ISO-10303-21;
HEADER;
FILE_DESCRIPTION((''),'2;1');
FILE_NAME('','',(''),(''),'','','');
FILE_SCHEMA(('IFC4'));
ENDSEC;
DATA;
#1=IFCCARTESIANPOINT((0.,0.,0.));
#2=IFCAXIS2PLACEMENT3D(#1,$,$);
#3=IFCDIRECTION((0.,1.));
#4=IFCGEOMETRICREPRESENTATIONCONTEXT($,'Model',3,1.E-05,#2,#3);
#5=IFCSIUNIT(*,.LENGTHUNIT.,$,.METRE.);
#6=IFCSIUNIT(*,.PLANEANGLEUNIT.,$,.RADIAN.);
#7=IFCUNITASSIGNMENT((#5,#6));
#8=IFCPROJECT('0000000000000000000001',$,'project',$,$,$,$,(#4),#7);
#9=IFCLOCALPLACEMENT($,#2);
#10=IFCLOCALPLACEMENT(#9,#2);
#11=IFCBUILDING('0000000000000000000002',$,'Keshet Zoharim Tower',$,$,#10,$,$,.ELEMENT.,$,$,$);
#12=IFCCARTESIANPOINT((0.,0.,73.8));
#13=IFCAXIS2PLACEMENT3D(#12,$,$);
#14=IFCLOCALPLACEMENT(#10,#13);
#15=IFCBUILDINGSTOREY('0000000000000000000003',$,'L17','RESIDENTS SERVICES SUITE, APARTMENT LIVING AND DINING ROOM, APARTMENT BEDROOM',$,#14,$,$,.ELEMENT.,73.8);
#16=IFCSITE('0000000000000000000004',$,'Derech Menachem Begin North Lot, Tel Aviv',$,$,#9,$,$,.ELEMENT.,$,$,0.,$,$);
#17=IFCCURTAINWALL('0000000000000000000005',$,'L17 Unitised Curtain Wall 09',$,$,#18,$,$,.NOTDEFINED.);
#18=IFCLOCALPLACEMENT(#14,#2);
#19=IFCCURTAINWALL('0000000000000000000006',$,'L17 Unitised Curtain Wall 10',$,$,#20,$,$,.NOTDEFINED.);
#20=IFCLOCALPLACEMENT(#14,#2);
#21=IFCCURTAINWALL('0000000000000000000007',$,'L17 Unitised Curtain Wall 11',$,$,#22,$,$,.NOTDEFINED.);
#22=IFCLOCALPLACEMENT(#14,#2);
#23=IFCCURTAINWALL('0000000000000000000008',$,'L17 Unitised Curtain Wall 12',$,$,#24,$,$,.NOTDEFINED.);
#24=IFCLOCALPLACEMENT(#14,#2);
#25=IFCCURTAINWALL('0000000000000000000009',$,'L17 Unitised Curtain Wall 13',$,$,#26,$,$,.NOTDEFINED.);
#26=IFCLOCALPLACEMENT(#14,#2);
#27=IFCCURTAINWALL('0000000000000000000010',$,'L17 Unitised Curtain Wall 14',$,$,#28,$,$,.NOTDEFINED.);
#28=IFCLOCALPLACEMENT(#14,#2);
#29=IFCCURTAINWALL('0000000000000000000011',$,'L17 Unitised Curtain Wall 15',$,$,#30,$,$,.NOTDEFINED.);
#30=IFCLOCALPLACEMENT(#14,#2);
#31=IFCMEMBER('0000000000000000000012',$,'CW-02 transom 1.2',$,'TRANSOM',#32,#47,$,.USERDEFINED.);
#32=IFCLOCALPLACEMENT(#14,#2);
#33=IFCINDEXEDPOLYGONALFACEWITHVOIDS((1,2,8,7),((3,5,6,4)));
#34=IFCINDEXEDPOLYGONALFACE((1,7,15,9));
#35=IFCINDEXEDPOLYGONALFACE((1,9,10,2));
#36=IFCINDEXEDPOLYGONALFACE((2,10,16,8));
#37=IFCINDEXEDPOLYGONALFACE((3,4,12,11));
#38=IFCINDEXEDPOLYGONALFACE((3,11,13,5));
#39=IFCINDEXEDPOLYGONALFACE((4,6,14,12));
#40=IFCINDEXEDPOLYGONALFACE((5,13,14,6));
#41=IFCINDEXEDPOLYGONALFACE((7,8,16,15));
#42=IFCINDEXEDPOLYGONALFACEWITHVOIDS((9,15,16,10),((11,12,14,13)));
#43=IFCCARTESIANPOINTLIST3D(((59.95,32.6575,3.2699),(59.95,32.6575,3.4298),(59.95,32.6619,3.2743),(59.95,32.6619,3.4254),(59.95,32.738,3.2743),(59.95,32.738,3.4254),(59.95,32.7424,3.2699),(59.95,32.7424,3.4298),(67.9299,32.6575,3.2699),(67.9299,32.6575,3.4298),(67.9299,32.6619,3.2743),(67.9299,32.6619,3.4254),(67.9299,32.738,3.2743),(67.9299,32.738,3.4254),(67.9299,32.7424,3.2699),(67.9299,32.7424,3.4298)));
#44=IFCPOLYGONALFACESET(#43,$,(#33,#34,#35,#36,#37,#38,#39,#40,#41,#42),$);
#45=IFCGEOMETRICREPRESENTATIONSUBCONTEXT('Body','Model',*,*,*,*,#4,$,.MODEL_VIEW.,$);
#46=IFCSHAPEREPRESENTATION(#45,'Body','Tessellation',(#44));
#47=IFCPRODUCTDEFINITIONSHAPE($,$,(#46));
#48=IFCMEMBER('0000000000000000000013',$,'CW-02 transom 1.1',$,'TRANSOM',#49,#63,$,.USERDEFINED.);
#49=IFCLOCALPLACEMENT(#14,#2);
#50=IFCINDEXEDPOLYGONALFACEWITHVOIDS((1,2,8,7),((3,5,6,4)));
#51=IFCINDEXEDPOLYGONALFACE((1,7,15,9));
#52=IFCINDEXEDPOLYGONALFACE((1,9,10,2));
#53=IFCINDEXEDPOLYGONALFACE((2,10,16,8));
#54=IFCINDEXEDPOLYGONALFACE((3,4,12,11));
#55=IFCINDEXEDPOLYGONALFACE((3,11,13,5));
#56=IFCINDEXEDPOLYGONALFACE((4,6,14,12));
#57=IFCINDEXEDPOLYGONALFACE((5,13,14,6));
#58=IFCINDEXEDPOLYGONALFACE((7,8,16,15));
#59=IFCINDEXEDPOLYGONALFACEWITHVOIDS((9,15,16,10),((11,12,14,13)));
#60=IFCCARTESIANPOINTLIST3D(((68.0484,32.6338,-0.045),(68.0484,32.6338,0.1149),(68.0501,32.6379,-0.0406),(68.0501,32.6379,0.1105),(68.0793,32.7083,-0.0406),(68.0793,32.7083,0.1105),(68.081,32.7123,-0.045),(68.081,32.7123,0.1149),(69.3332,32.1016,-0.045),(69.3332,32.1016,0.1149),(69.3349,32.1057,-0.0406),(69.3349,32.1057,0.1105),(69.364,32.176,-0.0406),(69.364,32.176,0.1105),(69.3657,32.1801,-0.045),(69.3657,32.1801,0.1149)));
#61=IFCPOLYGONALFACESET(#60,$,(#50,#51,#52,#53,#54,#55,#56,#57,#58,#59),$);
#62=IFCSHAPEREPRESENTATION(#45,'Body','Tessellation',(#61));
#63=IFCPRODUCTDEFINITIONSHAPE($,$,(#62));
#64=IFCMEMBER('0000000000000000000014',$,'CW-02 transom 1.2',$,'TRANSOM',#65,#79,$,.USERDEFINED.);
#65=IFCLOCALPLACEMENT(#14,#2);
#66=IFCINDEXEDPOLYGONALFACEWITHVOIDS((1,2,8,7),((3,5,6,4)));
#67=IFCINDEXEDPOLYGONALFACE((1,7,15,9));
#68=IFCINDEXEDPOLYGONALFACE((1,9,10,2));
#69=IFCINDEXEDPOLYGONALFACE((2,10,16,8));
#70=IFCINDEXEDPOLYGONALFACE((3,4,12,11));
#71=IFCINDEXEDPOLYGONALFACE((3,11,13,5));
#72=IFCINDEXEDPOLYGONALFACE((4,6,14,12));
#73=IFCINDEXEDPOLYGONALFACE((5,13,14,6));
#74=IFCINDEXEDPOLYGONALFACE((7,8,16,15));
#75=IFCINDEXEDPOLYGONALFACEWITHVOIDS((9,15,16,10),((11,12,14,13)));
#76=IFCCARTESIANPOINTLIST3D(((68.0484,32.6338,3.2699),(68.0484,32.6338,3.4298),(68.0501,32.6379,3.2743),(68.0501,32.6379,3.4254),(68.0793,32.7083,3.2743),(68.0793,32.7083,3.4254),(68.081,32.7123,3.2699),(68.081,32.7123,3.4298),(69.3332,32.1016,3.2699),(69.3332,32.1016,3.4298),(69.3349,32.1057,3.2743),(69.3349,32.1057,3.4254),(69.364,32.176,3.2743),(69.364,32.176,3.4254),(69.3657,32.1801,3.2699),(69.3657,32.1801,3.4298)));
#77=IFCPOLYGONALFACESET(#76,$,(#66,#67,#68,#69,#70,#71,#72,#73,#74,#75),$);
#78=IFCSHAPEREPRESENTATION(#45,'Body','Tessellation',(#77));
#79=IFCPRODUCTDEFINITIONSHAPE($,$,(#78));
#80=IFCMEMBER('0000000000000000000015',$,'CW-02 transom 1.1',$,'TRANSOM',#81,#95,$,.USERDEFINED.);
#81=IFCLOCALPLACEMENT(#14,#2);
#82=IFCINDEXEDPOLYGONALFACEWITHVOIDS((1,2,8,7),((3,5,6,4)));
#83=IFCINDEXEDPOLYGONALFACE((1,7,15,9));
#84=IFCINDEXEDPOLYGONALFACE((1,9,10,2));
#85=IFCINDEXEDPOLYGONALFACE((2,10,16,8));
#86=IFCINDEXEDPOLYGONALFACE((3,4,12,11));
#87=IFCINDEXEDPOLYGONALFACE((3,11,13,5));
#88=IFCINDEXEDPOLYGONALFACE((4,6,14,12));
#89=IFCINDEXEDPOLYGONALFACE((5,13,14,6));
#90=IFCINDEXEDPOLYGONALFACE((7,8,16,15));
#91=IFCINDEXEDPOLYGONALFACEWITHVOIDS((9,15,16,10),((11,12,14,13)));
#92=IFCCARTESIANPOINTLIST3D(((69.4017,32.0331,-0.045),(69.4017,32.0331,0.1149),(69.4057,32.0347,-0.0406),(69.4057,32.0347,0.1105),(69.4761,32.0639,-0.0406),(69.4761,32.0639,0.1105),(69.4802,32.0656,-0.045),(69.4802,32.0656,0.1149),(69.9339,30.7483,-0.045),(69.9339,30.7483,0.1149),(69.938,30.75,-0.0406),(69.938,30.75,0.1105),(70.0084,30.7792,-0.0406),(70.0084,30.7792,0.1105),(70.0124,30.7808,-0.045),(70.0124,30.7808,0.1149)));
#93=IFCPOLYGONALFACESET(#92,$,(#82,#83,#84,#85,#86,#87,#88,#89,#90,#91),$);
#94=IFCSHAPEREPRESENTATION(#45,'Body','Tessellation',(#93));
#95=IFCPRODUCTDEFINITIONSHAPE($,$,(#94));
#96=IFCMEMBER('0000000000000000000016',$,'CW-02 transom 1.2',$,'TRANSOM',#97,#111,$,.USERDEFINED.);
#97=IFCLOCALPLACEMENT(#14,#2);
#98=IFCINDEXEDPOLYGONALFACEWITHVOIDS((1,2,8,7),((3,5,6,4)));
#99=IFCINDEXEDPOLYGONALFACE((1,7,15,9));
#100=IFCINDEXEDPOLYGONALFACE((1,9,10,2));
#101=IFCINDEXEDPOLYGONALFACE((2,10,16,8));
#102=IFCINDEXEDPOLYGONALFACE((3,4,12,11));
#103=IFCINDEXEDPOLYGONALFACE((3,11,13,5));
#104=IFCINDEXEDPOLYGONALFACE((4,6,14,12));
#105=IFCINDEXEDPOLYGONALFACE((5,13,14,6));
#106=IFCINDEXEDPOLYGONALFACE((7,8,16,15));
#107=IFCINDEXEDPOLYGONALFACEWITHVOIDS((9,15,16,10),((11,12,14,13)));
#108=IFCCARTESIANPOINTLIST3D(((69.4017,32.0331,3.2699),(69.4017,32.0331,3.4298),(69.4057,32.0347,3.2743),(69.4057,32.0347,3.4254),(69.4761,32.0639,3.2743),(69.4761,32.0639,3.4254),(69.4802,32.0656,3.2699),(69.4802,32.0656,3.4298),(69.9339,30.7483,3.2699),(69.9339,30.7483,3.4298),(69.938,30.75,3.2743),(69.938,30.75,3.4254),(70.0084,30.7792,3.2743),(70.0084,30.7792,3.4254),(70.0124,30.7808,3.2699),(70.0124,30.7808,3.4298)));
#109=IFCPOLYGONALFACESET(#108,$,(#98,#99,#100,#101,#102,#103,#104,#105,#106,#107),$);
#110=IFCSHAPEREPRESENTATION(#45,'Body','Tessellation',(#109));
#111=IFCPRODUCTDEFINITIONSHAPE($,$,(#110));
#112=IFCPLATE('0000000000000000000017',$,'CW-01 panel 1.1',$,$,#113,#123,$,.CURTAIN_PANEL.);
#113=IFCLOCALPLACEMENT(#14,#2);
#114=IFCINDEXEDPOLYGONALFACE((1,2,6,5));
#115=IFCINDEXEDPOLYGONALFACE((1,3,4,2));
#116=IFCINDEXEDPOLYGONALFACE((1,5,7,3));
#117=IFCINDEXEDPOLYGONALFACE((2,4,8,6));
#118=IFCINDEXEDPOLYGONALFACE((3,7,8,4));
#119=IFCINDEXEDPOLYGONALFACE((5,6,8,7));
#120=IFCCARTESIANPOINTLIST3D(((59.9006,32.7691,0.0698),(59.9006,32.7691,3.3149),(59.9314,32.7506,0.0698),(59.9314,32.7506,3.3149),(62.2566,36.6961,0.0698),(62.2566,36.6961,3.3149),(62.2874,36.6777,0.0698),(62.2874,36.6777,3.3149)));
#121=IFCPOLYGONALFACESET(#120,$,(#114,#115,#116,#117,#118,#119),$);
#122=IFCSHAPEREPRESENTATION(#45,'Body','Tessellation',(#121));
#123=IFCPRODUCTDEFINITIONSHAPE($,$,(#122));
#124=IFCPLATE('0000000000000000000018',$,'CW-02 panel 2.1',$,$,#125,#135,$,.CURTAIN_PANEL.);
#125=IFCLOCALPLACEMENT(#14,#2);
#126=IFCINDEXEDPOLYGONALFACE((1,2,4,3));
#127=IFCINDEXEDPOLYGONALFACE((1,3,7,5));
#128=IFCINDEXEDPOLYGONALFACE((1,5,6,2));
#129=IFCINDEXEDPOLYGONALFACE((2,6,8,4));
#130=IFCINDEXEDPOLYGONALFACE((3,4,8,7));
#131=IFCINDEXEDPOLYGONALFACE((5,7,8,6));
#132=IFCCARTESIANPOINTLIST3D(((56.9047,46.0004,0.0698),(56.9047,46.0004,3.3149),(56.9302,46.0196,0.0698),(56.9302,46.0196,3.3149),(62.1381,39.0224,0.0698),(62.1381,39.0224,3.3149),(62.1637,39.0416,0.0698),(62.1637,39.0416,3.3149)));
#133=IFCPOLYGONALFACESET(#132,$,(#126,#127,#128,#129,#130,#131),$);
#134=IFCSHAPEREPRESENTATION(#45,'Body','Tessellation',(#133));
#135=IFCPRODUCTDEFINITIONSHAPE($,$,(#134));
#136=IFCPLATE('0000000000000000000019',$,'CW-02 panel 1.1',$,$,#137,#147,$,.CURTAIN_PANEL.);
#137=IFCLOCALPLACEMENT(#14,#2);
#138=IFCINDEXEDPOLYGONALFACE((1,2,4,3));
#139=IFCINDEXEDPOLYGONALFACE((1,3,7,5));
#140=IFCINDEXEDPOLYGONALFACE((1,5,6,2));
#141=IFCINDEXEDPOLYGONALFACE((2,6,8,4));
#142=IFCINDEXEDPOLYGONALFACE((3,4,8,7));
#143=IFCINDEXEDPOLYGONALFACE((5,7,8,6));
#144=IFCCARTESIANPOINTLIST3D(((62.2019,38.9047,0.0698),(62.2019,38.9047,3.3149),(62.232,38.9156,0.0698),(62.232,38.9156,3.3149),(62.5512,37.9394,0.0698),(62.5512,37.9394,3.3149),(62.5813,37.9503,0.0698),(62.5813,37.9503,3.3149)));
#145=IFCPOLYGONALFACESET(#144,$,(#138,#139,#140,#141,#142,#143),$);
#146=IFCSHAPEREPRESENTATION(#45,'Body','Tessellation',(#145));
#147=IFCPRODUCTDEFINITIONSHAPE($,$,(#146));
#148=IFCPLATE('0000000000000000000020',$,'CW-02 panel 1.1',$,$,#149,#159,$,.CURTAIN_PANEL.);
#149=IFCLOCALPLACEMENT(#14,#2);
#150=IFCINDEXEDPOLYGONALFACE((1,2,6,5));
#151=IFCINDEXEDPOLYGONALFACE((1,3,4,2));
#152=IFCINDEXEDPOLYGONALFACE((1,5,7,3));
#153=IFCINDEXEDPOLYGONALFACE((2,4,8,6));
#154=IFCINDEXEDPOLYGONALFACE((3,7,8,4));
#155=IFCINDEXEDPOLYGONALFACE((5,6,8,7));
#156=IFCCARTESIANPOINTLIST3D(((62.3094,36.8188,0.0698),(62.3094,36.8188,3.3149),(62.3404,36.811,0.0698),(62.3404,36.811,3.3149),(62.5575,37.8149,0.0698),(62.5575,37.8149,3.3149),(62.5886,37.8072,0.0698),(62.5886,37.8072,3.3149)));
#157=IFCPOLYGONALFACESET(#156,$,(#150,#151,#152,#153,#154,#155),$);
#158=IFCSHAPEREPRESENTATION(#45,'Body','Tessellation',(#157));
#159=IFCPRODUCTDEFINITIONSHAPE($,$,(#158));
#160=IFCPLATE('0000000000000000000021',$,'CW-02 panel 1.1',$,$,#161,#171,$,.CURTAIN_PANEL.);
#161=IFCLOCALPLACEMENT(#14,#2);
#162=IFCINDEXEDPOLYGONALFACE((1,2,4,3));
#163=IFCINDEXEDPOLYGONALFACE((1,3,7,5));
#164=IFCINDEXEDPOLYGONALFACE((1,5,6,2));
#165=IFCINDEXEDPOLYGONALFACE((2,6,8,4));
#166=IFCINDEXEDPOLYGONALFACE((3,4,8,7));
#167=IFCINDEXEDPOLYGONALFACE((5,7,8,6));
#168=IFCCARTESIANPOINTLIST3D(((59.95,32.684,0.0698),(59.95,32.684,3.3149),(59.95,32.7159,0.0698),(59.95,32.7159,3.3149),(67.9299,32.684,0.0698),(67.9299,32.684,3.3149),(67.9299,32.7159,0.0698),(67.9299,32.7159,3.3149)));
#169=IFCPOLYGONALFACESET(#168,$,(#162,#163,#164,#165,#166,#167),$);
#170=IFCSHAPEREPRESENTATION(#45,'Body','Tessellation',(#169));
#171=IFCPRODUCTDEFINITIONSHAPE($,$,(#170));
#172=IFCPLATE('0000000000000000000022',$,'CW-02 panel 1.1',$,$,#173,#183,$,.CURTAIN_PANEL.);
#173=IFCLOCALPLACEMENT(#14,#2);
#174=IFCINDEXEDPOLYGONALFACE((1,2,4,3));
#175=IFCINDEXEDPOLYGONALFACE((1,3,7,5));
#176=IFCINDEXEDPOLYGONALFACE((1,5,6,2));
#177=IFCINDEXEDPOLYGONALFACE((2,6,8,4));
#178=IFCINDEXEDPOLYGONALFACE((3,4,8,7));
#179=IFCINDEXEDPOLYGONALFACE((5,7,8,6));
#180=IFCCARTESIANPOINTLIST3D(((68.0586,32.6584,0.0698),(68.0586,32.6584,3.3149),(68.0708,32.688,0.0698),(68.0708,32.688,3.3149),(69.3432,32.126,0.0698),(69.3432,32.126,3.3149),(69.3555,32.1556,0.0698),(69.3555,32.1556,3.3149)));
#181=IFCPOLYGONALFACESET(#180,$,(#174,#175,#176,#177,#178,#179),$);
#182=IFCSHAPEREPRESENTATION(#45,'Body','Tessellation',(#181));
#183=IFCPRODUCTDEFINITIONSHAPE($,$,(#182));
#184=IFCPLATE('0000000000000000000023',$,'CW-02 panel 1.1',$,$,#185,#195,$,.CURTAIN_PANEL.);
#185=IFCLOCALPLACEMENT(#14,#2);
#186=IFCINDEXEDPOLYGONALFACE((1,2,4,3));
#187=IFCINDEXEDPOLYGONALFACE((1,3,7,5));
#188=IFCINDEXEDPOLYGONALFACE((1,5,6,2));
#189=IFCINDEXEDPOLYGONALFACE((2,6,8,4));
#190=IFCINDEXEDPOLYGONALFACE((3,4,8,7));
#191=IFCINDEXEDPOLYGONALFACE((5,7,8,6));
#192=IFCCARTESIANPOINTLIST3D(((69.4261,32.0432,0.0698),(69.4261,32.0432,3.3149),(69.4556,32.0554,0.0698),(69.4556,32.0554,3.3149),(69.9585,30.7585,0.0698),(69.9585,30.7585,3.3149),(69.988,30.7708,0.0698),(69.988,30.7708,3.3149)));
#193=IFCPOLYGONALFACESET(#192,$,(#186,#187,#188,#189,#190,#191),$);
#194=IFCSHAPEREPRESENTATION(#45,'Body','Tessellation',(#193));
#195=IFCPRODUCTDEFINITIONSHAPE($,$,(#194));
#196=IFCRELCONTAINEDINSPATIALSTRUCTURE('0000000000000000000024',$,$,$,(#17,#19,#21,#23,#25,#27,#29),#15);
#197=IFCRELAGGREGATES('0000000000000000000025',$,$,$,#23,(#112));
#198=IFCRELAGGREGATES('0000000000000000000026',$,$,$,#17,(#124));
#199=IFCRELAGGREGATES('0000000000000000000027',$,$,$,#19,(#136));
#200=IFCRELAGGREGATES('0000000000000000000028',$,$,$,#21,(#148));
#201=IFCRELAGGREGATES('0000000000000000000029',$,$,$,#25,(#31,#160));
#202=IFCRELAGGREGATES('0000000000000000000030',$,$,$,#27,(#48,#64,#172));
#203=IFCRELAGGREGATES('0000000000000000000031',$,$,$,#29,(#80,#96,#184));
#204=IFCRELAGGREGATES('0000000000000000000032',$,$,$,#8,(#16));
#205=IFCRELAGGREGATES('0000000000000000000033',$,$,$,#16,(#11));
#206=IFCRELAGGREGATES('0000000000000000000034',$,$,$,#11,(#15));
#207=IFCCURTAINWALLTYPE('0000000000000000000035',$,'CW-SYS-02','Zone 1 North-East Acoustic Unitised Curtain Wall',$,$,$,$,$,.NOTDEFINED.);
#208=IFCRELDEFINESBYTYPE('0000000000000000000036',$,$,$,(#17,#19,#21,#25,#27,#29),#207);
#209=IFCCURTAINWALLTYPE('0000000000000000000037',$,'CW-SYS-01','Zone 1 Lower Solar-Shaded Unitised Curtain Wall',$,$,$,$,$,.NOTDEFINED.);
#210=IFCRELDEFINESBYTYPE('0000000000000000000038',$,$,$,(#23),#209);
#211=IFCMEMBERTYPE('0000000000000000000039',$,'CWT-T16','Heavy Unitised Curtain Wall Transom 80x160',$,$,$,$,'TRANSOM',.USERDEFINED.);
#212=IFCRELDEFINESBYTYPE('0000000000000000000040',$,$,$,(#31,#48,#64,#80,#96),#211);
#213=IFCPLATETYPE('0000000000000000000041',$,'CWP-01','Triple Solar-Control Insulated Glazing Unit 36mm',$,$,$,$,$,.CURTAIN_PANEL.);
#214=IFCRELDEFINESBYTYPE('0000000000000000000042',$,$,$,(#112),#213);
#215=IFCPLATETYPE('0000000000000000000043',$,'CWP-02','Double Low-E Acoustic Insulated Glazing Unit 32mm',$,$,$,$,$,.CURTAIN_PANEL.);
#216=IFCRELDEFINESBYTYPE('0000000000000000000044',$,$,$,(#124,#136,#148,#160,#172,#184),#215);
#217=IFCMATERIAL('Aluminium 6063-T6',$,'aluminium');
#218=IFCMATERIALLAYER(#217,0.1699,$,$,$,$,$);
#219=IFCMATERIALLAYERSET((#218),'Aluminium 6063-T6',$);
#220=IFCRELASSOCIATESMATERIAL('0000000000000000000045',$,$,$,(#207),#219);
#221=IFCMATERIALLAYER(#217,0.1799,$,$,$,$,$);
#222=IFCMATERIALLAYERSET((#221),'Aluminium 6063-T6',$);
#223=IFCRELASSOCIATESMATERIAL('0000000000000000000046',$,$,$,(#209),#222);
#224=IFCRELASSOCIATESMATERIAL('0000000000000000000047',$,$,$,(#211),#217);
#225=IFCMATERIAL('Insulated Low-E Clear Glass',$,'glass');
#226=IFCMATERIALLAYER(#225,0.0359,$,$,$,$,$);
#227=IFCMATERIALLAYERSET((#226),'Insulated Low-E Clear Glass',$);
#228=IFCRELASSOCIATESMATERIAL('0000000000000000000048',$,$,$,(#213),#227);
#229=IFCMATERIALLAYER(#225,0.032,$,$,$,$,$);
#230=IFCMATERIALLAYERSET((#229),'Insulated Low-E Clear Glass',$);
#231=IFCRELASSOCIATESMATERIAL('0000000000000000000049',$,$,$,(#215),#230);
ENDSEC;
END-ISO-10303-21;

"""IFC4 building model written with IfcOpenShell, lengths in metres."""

from ifc_helpers import new_model, si_unit, direction, frame, origin, origin_2d, place, context, subcontext, project, spatial, rectangle, hollow_rectangle, extrude, material, layer, layer_set, material_profile, profile_set, type_object, element, aggregate, save


model = new_model("IFC4")

# Units and contexts
model_context = context("Model", 3, precision=1e-05, world=origin(), true_north=direction((0.0, 1.0)))
body_context = subcontext(model_context, "Body", "Model", "MODEL_VIEW")
ifc_project = project(units=[si_unit("LENGTHUNIT", "METRE"), si_unit("PLANEANGLEUNIT", "RADIAN")], contexts=[model_context])

# Site, building, storey
site_placement = place(None, origin())
site = spatial("IfcSite", under=ifc_project, at=site_placement, Name="Derech Menachem Begin North Lot, Tel Aviv", CompositionType="ELEMENT", RefElevation=0.0)
building_placement = place(site_placement, origin())
building = spatial("IfcBuilding", under=site, at=building_placement, Name="Keshet Zoharim Tower", CompositionType="ELEMENT")
storey_placement = place(building_placement, frame((0.0, 0.0, 73.8)))
storey = spatial("IfcBuildingStorey", under=building, at=storey_placement, Name="L17", Description="RESIDENTS SERVICES SUITE, APARTMENT LIVING AND DINING ROOM, APARTMENT BEDROOM", CompositionType="ELEMENT", Elevation=73.8)

# Curtain wall
ifc_material_1 = material(Name="Aluminium 6063-T6", Category="aluminium")
ifc_layer_1 = layer(ifc_material_1, 0.1699)
ifc_layer_set_1 = layer_set([ifc_layer_1], Name="Aluminium 6063-T6")
curtain_wall_type_1 = type_object("IfcCurtainWallType", Name="CW-SYS-02", Description="Zone 1 North-East Acoustic Unitised Curtain Wall", PredefinedType="NOTDEFINED", material=ifc_layer_set_1)
curtain_wall_1_placement = place(storey_placement, origin())
curtain_wall_1 = element("IfcCurtainWall", 1, at=curtain_wall_1_placement, inside=storey, type_object=curtain_wall_type_1, Name="L17 Unitised Curtain Wall 09", PredefinedType="NOTDEFINED")

# Curtain walls
curtain_wall_2_placement = place(storey_placement, origin())
curtain_wall_2 = element("IfcCurtainWall", 2, at=curtain_wall_2_placement, inside=storey, type_object=curtain_wall_type_1, Name="L17 Unitised Curtain Wall 10", PredefinedType="NOTDEFINED")
curtain_wall_3_placement = place(storey_placement, origin())
curtain_wall_3 = element("IfcCurtainWall", 3, at=curtain_wall_3_placement, inside=storey, type_object=curtain_wall_type_1, Name="L17 Unitised Curtain Wall 11", PredefinedType="NOTDEFINED")
ifc_layer_2 = layer(ifc_material_1, 0.1799)
ifc_layer_set_2 = layer_set([ifc_layer_2], Name="Aluminium 6063-T6")
curtain_wall_type_2 = type_object("IfcCurtainWallType", Name="CW-SYS-01", Description="Zone 1 Lower Solar-Shaded Unitised Curtain Wall", PredefinedType="NOTDEFINED", material=ifc_layer_set_2)
curtain_wall_4_placement = place(storey_placement, origin())
curtain_wall_4 = element("IfcCurtainWall", 4, at=curtain_wall_4_placement, inside=storey, type_object=curtain_wall_type_2, Name="L17 Unitised Curtain Wall 12", PredefinedType="NOTDEFINED")
curtain_wall_5_placement = place(storey_placement, origin())
curtain_wall_5 = element("IfcCurtainWall", 5, at=curtain_wall_5_placement, inside=storey, type_object=curtain_wall_type_1, Name="L17 Unitised Curtain Wall 13", PredefinedType="NOTDEFINED")
curtain_wall_6_placement = place(storey_placement, origin())
curtain_wall_6 = element("IfcCurtainWall", 6, at=curtain_wall_6_placement, inside=storey, type_object=curtain_wall_type_1, Name="L17 Unitised Curtain Wall 14", PredefinedType="NOTDEFINED")

# Curtain wall
curtain_wall_7_placement = place(storey_placement, origin())
curtain_wall_7 = element("IfcCurtainWall", 7, at=curtain_wall_7_placement, inside=storey, type_object=curtain_wall_type_1, Name="L17 Unitised Curtain Wall 15", PredefinedType="NOTDEFINED")

# Members
ifc_material_profile_1 = material_profile(ifc_material_1, hollow_rectangle(XDim=0.085, YDim=0.1599, WallThickness=0.0044, at=origin_2d()), Name="TRN-85x160")
ifc_profile_set_1 = profile_set([ifc_material_profile_1], Name="Aluminium 6063-T6")
member_type_1 = type_object("IfcMemberType", Name="CWT-T16", Description="Heavy Unitised Curtain Wall Transom 80x160", ElementType="TRANSOM", PredefinedType="USERDEFINED", material=ifc_profile_set_1)
member_1_placement = place(storey_placement, frame((59.95, 32.7, 3.3499), z_axis=(1.0, 0.0, 0.0), x_axis=(0.0, 1.0, 0.0)))
member_1 = element("IfcMember", 8, at=member_1_placement, type_object=member_type_1, Name="CW-02 transom 1.2", ObjectType="TRANSOM", PredefinedType="USERDEFINED", context=body_context, shape_type="SweptSolid", body=[
    extrude(hollow_rectangle(XDim=0.085, YDim=0.1599, WallThickness=0.0044, at=origin_2d()), origin(), (0.0, 0.0, 1.0), 7.98),
])
member_2_placement = place(storey_placement, frame((68.0647, 32.6731, 0.0349), z_axis=(0.923854, -0.382745, 0.0), x_axis=(0.382745, 0.923854, 0.0)))
member_2 = element("IfcMember", 9, at=member_2_placement, type_object=member_type_1, Name="CW-02 transom 1.1", ObjectType="TRANSOM", PredefinedType="USERDEFINED", context=body_context, shape_type="SweptSolid", body=[
    extrude(hollow_rectangle(XDim=0.085, YDim=0.1599, WallThickness=0.0044, at=origin_2d()), origin(), (0.0, 0.0, 1.0), 1.3906),
])
member_3_placement = place(storey_placement, frame((68.0647, 32.6731, 3.3499), z_axis=(0.923854, -0.382745, 0.0), x_axis=(0.382745, 0.923854, 0.0)))
member_3 = element("IfcMember", 10, at=member_3_placement, type_object=member_type_1, Name="CW-02 transom 1.2", ObjectType="TRANSOM", PredefinedType="USERDEFINED", context=body_context, shape_type="SweptSolid", body=[
    extrude(hollow_rectangle(XDim=0.085, YDim=0.1599, WallThickness=0.0044, at=origin_2d()), origin(), (0.0, 0.0, 1.0), 1.3906),
])
member_4_placement = place(storey_placement, frame((69.4409, 32.0493, 0.0349), z_axis=(0.382745, -0.923854, 0.0), x_axis=(0.923854, 0.382745, 0.0)))
member_4 = element("IfcMember", 11, at=member_4_placement, type_object=member_type_1, Name="CW-02 transom 1.1", ObjectType="TRANSOM", PredefinedType="USERDEFINED", context=body_context, shape_type="SweptSolid", body=[
    extrude(hollow_rectangle(XDim=0.085, YDim=0.1599, WallThickness=0.0044, at=origin_2d()), origin(), (0.0, 0.0, 1.0), 1.3906),
])
member_5_placement = place(storey_placement, frame((69.4409, 32.0493, 3.3499), z_axis=(0.382745, -0.923854, 0.0), x_axis=(0.923854, 0.382745, 0.0)))
member_5 = element("IfcMember", 12, at=member_5_placement, type_object=member_type_1, Name="CW-02 transom 1.2", ObjectType="TRANSOM", PredefinedType="USERDEFINED", context=body_context, shape_type="SweptSolid", body=[
    extrude(hollow_rectangle(XDim=0.085, YDim=0.1599, WallThickness=0.0044, at=origin_2d()), origin(), (0.0, 0.0, 1.0), 1.3906),
])

# Plates
ifc_material_2 = material(Name="Insulated Low-E Clear Glass", Category="glass")
ifc_layer_3 = layer(ifc_material_2, 0.0359)
ifc_layer_set_3 = layer_set([ifc_layer_3], Name="Insulated Low-E Clear Glass")
plate_type_1 = type_object("IfcPlateType", Name="CWP-01", Description="Triple Solar-Control Insulated Glazing Unit 36mm", PredefinedType="CURTAIN_PANEL", material=ifc_layer_set_3)
plate_1_placement = place(storey_placement, frame((61.094, 34.7234, 0.0698), z_axis=(0.0, 0.0, 1.0), x_axis=(-0.514465, -0.857512, 0.0)))
plate_1 = element("IfcPlate", 13, at=plate_1_placement, type_object=plate_type_1, Name="CW-01 panel 1.1", PredefinedType="CURTAIN_PANEL", context=body_context, shape_type="SweptSolid", body=[
    extrude(rectangle(XDim=4.5796, YDim=0.0359, at=origin_2d()), origin(), (0.0, 0.0, 1.0), 3.2451),
])
aggregate(curtain_wall_4, [plate_1])
ifc_layer_4 = layer(ifc_material_2, 0.032)
ifc_layer_set_4 = layer_set([ifc_layer_4], Name="Insulated Low-E Clear Glass")
plate_type_2 = type_object("IfcPlateType", Name="CWP-02", Description="Double Low-E Acoustic Insulated Glazing Unit 32mm", PredefinedType="CURTAIN_PANEL", material=ifc_layer_set_4)
plate_2_placement = place(storey_placement, frame((59.5342, 42.521, 0.0698), z_axis=(0.0, 0.0, 1.0), x_axis=(0.6, -0.8, 0.0)))
plate_2 = element("IfcPlate", 14, at=plate_2_placement, type_object=plate_type_2, Name="CW-02 panel 2.1", PredefinedType="CURTAIN_PANEL", context=body_context, shape_type="SweptSolid", body=[
    extrude(rectangle(XDim=8.7224, YDim=0.032, at=origin_2d()), origin(), (0.0, 0.0, 1.0), 3.2451),
])
aggregate(curtain_wall_1, [plate_2])
plate_3_placement = place(storey_placement, frame((62.3916, 38.4275, 0.0698), z_axis=(0.0, 0.0, 1.0), x_axis=(0.340297, -0.940318, 0.0)))
plate_3 = element("IfcPlate", 15, at=plate_3_placement, type_object=plate_type_2, Name="CW-02 panel 1.1", PredefinedType="CURTAIN_PANEL", context=body_context, shape_type="SweptSolid", body=[
    extrude(rectangle(XDim=1.0266, YDim=0.032, at=origin_2d()), origin(), (0.0, 0.0, 1.0), 3.2451),
])
aggregate(curtain_wall_2, [plate_3])
plate_4_placement = place(storey_placement, frame((62.449, 37.313, 0.0698), z_axis=(0.0, 0.0, 1.0), x_axis=(-0.241729, -0.970344, 0.0)))
plate_4 = element("IfcPlate", 16, at=plate_4_placement, type_object=plate_type_2, Name="CW-02 panel 1.1", PredefinedType="CURTAIN_PANEL", context=body_context, shape_type="SweptSolid", body=[
    extrude(rectangle(XDim=1.0266, YDim=0.032, at=origin_2d()), origin(), (0.0, 0.0, 1.0), 3.2451),
])
aggregate(curtain_wall_3, [plate_4])
plate_5_placement = place(storey_placement, frame((63.9399, 32.7, 0.0698), z_axis=(0.0, 0.0, 1.0), x_axis=(1.0, 0.0, 0.0)))
plate_5 = element("IfcPlate", 17, at=plate_5_placement, type_object=plate_type_2, Name="CW-02 panel 1.1", PredefinedType="CURTAIN_PANEL", context=body_context, shape_type="SweptSolid", body=[
    extrude(rectangle(XDim=7.98, YDim=0.032, at=origin_2d()), origin(), (0.0, 0.0, 1.0), 3.2451),
])
aggregate(curtain_wall_5, [member_1, plate_5])
plate_6_placement = place(storey_placement, frame((68.707, 32.407, 0.0698), z_axis=(0.0, 0.0, 1.0), x_axis=(0.92381, -0.382852, 0.0)))
plate_6 = element("IfcPlate", 18, at=plate_6_placement, type_object=plate_type_2, Name="CW-02 panel 1.1", PredefinedType="CURTAIN_PANEL", context=body_context, shape_type="SweptSolid", body=[
    extrude(rectangle(XDim=1.3906, YDim=0.032, at=origin_2d()), origin(), (0.0, 0.0, 1.0), 3.2451),
])
aggregate(curtain_wall_6, [member_2, member_3, plate_6])
plate_7_placement = place(storey_placement, frame((69.707, 31.407, 0.0698), z_axis=(0.0, 0.0, 1.0), x_axis=(0.382852, -0.92381, 0.0)))
plate_7 = element("IfcPlate", 19, at=plate_7_placement, type_object=plate_type_2, Name="CW-02 panel 1.1", PredefinedType="CURTAIN_PANEL", context=body_context, shape_type="SweptSolid", body=[
    extrude(rectangle(XDim=1.3906, YDim=0.032, at=origin_2d()), origin(), (0.0, 0.0, 1.0), 3.2451),
])
aggregate(curtain_wall_7, [member_4, member_5, plate_7])

save(model, "model.ifc")
